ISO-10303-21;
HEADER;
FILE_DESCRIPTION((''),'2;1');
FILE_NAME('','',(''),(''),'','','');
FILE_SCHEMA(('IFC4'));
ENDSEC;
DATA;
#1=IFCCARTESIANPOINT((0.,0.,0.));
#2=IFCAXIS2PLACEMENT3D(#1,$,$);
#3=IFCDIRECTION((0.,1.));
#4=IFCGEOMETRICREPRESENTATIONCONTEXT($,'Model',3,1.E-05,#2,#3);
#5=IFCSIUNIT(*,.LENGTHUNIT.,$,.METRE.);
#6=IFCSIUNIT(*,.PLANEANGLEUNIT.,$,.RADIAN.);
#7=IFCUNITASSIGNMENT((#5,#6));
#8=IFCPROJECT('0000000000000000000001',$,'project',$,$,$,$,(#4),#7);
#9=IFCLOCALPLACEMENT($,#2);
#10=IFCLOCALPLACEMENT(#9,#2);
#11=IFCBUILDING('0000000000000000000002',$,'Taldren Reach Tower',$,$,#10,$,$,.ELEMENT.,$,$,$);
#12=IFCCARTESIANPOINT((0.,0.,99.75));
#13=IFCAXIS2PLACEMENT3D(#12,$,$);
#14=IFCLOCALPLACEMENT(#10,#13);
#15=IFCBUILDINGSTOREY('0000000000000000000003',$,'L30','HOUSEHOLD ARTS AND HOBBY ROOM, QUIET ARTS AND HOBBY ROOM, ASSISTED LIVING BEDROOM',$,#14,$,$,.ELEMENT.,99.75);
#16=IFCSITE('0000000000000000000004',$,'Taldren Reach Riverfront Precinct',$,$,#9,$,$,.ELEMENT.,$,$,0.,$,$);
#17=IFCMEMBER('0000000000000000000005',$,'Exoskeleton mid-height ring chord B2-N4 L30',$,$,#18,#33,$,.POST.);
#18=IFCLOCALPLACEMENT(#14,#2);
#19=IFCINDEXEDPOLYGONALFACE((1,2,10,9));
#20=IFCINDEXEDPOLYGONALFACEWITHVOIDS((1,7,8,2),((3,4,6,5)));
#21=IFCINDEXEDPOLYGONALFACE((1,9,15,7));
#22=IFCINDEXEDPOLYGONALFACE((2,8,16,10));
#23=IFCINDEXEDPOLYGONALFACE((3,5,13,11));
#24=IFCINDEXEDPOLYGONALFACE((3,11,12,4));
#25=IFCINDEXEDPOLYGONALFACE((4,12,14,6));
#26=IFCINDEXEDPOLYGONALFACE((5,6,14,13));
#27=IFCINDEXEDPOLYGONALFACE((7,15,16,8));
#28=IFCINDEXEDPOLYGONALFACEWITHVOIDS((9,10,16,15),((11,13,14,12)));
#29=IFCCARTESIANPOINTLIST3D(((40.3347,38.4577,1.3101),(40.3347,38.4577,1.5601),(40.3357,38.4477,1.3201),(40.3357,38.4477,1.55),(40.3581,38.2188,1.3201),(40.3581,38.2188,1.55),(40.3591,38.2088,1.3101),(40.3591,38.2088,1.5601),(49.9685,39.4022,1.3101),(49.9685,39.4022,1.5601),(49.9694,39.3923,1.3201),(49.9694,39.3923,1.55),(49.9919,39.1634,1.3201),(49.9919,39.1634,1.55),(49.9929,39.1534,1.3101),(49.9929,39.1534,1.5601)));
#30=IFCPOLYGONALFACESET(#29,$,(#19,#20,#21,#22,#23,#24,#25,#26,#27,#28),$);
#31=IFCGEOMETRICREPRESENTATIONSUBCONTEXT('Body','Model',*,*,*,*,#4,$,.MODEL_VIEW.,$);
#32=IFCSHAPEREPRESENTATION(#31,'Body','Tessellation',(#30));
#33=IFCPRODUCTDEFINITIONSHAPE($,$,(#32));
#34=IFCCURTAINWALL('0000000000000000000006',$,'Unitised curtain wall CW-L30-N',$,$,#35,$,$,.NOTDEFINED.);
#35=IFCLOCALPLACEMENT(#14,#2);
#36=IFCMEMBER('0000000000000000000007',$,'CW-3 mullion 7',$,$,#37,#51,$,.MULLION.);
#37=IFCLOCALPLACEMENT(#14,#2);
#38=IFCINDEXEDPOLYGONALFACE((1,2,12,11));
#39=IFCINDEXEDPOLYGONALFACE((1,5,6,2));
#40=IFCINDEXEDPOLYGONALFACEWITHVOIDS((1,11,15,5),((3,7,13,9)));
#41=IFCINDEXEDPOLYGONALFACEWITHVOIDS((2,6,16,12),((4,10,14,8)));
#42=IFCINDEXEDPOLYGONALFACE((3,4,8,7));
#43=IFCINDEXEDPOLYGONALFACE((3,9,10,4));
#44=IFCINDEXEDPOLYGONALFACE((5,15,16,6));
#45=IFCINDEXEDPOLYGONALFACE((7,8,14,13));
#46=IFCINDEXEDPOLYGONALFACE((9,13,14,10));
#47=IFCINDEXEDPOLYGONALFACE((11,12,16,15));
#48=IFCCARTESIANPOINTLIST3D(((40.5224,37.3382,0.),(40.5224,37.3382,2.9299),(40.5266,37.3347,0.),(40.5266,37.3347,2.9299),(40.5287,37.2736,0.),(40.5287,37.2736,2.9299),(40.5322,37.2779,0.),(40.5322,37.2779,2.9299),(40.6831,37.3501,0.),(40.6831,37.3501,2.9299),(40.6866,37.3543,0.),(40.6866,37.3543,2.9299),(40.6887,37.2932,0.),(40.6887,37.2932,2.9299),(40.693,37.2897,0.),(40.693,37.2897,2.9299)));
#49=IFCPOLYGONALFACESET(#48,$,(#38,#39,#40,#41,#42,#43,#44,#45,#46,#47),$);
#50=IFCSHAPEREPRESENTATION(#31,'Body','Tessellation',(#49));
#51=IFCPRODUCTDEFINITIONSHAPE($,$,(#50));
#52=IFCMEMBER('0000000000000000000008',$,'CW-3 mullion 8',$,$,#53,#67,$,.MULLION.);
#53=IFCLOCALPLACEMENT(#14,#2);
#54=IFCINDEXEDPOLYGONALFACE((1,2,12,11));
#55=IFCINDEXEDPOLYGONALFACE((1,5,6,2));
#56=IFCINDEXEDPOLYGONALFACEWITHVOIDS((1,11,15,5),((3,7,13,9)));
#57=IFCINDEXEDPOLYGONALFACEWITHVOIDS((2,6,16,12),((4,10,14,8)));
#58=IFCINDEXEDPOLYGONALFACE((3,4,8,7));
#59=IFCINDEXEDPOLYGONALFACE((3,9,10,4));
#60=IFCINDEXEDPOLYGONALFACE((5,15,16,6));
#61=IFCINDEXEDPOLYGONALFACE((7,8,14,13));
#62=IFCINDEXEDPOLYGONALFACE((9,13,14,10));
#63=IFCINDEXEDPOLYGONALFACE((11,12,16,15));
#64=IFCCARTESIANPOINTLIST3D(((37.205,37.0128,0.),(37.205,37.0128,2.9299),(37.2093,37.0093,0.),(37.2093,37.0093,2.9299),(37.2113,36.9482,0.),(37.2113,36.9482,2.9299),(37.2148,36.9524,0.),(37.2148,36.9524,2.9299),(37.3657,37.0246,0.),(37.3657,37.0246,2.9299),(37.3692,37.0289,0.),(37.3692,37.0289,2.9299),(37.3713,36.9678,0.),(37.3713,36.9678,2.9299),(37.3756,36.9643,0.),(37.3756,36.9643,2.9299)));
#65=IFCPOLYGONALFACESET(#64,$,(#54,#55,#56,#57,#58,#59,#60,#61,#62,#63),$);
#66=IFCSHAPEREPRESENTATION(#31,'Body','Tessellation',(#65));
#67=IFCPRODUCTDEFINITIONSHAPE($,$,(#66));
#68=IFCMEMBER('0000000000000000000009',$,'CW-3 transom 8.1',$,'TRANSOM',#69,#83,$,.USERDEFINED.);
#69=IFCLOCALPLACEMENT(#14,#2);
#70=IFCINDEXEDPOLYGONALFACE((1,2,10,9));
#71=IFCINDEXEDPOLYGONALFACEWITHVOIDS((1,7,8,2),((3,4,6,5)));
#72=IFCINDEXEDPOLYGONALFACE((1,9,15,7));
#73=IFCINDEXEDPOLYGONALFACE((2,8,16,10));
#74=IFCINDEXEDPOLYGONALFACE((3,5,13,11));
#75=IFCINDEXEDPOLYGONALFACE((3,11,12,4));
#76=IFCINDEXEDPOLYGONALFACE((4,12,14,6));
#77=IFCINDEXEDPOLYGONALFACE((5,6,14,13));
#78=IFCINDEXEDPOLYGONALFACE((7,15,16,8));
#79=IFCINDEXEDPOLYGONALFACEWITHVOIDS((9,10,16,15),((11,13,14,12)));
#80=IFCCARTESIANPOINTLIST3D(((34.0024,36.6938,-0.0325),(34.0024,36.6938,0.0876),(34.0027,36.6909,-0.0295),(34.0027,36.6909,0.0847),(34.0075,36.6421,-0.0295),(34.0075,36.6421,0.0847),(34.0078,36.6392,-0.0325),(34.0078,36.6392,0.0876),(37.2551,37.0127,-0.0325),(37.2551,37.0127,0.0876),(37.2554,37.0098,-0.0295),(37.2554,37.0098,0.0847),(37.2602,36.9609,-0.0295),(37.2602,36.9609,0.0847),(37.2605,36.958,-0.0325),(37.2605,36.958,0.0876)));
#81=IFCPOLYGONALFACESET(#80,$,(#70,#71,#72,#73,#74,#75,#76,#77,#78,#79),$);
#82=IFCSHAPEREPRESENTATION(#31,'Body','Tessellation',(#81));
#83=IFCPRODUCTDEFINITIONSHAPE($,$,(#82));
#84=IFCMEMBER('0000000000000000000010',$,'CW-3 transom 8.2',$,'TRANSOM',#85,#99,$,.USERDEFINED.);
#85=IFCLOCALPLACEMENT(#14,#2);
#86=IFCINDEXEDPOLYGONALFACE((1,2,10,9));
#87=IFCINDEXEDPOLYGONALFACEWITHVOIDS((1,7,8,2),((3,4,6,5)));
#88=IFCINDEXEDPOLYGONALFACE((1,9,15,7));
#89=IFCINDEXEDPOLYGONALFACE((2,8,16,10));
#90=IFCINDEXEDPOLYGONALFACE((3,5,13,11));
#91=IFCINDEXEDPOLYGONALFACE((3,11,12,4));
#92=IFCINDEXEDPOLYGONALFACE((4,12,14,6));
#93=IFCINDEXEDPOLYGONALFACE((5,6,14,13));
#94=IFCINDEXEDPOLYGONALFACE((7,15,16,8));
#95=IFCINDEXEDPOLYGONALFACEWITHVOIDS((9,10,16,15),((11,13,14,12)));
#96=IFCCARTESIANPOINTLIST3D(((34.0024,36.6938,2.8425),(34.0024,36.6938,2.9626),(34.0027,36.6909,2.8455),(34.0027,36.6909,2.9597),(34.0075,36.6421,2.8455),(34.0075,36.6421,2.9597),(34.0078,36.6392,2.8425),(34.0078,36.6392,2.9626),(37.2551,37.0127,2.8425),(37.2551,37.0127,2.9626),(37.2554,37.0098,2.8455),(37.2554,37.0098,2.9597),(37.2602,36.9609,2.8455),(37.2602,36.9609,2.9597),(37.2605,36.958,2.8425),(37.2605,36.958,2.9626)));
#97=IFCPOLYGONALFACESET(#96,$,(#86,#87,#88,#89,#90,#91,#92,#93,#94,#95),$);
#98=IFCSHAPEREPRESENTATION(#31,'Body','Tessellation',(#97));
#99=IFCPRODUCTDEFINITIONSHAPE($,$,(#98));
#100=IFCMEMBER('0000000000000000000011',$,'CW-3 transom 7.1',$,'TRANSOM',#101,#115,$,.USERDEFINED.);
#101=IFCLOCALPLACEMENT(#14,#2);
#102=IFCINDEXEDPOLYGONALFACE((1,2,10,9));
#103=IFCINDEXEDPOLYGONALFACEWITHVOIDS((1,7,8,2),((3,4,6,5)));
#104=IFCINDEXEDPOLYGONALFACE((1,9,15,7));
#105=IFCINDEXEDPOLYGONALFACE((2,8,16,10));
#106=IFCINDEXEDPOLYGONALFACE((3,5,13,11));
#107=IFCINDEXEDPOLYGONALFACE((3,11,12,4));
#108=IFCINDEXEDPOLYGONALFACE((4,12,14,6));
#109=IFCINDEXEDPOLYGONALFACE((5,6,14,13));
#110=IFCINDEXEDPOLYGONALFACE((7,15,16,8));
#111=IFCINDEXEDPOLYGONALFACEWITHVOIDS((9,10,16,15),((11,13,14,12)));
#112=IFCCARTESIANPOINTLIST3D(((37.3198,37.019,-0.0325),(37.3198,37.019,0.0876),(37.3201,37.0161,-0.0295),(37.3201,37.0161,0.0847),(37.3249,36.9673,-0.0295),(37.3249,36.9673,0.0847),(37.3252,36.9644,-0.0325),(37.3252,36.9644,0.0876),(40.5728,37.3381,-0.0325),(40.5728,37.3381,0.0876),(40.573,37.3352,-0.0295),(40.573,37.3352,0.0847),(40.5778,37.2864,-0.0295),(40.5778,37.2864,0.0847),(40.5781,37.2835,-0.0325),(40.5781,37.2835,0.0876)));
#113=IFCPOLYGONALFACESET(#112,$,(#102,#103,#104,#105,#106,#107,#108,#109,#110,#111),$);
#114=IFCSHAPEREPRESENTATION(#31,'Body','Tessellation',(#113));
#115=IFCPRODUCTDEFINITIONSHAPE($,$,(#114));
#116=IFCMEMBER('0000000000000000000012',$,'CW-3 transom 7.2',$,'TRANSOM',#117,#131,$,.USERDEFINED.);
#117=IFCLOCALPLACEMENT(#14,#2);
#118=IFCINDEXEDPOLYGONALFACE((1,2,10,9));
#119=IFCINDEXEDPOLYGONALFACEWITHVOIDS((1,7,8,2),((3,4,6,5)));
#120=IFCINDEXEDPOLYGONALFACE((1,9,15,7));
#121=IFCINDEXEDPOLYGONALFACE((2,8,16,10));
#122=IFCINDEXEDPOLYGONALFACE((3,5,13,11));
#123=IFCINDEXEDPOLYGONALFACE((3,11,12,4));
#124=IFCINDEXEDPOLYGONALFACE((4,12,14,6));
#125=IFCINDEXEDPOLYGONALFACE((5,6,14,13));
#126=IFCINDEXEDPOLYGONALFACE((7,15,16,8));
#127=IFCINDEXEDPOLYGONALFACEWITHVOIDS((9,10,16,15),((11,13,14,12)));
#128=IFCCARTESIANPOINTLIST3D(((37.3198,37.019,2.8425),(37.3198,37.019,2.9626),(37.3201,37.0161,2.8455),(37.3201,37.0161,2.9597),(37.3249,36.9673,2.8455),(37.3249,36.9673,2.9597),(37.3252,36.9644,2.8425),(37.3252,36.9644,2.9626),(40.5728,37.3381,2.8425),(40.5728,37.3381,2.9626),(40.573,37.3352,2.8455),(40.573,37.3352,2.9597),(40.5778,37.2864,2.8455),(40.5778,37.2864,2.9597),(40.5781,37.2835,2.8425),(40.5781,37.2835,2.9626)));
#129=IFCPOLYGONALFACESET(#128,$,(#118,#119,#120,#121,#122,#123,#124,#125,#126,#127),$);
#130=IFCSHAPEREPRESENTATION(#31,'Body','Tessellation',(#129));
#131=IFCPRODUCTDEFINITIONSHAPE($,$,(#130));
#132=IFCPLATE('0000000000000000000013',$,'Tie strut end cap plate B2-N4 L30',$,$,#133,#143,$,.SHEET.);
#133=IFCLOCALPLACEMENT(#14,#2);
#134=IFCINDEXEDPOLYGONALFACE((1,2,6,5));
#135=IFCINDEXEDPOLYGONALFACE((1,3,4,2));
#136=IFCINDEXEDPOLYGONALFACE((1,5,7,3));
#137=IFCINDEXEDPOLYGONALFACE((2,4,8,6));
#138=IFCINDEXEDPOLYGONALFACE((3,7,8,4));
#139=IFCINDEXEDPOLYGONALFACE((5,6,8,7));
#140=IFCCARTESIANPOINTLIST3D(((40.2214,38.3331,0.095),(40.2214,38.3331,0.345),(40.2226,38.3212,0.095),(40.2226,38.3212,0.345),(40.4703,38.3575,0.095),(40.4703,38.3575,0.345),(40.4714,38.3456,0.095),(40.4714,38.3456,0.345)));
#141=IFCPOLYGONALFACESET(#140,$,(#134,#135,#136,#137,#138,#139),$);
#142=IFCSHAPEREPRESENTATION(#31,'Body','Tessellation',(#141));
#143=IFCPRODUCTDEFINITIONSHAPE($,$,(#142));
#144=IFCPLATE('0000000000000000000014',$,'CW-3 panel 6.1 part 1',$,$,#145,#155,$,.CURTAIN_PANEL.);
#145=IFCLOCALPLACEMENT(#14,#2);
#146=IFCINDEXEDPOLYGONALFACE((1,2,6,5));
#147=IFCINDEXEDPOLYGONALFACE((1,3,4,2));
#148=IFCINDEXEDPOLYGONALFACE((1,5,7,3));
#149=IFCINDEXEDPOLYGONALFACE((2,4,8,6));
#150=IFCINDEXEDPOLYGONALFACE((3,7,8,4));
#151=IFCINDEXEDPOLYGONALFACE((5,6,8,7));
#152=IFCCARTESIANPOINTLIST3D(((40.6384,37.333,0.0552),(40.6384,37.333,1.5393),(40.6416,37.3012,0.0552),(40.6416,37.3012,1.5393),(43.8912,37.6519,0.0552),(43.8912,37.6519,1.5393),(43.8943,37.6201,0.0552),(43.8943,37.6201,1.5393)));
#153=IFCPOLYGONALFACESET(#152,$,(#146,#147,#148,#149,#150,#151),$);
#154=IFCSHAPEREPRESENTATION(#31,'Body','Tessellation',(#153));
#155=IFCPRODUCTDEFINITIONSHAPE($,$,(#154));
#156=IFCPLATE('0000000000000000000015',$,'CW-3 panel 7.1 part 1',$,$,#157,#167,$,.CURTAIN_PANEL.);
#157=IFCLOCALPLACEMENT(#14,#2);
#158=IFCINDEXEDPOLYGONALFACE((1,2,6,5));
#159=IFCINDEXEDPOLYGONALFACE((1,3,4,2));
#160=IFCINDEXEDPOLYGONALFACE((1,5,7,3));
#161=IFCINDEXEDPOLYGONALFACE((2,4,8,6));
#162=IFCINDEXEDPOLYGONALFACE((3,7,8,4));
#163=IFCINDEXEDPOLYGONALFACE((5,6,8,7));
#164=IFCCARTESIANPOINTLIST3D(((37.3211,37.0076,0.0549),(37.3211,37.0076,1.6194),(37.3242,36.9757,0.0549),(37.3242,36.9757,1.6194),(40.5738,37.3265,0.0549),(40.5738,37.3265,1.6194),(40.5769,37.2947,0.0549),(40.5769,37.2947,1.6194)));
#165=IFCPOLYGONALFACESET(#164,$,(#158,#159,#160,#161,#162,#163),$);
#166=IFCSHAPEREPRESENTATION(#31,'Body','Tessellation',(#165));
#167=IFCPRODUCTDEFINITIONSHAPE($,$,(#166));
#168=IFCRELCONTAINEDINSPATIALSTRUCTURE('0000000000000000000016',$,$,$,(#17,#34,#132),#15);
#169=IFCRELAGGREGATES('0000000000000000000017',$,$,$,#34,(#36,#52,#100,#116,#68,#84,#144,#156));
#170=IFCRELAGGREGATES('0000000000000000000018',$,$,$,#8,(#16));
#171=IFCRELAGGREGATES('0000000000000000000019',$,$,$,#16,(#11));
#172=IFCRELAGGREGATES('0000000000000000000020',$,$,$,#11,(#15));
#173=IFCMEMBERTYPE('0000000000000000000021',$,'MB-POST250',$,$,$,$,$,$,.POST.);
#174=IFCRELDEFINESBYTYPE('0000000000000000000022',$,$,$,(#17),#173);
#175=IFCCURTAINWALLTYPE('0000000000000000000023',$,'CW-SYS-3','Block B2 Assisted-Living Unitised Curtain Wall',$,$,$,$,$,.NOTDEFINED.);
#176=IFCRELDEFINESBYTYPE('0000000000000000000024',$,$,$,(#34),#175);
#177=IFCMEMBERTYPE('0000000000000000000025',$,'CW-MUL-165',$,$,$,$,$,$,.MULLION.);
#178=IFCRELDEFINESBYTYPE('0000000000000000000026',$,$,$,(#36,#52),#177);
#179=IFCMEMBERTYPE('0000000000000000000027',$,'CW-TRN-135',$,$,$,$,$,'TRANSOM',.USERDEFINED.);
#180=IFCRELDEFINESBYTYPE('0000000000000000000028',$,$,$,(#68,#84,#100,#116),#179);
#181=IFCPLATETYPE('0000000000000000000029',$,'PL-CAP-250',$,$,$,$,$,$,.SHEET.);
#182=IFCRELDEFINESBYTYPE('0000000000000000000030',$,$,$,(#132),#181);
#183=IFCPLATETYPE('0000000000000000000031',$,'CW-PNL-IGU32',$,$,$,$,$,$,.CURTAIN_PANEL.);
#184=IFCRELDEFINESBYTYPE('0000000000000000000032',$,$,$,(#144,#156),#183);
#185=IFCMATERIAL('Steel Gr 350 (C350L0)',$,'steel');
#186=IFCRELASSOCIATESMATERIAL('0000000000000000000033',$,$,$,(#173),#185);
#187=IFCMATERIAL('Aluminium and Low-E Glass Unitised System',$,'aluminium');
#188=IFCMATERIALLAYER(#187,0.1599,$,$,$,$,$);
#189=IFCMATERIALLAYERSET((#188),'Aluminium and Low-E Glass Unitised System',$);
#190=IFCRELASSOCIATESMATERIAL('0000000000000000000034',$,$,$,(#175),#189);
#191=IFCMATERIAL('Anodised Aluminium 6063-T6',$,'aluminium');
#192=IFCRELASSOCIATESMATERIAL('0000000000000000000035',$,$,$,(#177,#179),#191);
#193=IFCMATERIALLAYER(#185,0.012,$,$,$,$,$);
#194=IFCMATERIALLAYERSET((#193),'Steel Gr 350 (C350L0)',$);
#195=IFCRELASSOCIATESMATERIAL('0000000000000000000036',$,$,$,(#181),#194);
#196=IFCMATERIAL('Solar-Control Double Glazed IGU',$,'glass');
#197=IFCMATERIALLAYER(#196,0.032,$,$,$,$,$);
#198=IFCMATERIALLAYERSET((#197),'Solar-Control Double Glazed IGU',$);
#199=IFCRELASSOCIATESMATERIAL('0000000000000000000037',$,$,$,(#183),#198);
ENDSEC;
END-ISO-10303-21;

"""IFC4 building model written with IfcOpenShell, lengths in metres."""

from ifc_helpers import new_model, si_unit, direction, frame, origin, origin_2d, place, context, subcontext, project, spatial, rectangle, hollow_rectangle, extrude, source, transform, mapped, material, layer, layer_set, material_profile, profile_set, type_object, element, aggregate, save


model = new_model("IFC4")

# Units and contexts
model_context = context("Model", 3, precision=1e-05, world=origin(), true_north=direction((0.0, 1.0)))
body_context = subcontext(model_context, "Body", "Model", "MODEL_VIEW")
ifc_project = project(units=[si_unit("LENGTHUNIT", "METRE"), si_unit("PLANEANGLEUNIT", "RADIAN")], contexts=[model_context])

# Site, building, storey
site_placement = place(None, origin())
site = spatial("IfcSite", under=ifc_project, at=site_placement, Name="Taldren Reach Riverfront Precinct", CompositionType="ELEMENT", RefElevation=0.0)
building_placement = place(site_placement, origin())
building = spatial("IfcBuilding", under=site, at=building_placement, Name="Taldren Reach Tower", CompositionType="ELEMENT")
storey_placement = place(building_placement, frame((0.0, 0.0, 99.75)))
storey = spatial("IfcBuildingStorey", under=building, at=storey_placement, Name="L30", Description="HOUSEHOLD ARTS AND HOBBY ROOM, QUIET ARTS AND HOBBY ROOM, ASSISTED LIVING BEDROOM", CompositionType="ELEMENT", Elevation=99.75)

# Shared definitions
ifc_material_1 = material(Name="Steel Gr 350 (C350L0)", Category="steel")
ifc_material_profile_1 = material_profile(ifc_material_1, hollow_rectangle(XDim=0.25, YDim=0.25, WallThickness=0.01, at=origin_2d()), Name="250x250x10.0SHS")
ifc_profile_set_1 = profile_set([ifc_material_profile_1], Name="Steel Gr 350 (C350L0)")
member_type_1 = type_object("IfcMemberType", Name="MB-POST250", PredefinedType="POST", material=ifc_profile_set_1)

# Member
shared_shape_1 = source(origin(), body_context, "Body", "SweptSolid", [
    extrude(hollow_rectangle(XDim=0.25, YDim=0.25, WallThickness=0.01, at=origin_2d()), origin(), (0.0, 0.0, 1.0), 9.6799),
])
member_1_placement = place(storey_placement, frame((40.3469, 38.3333, 1.4351), z_axis=(0.995228, 0.097581, 0.0), x_axis=(-0.097581, 0.995228, 0.0)))
element("IfcMember", 1, at=member_1_placement, inside=storey, type_object=member_type_1, Name="Exoskeleton mid-height ring chord B2-N4 L30", PredefinedType="POST", context=body_context, shape_type="MappedRepresentation", body=[
    mapped(shared_shape_1, transform((0.0, 0.0, 0.0), scale=1.0)),
])

# Curtain wall, members
ifc_material_2 = material(Name="Aluminium and Low-E Glass Unitised System", Category="aluminium")
ifc_layer_1 = layer(ifc_material_2, 0.1599)
ifc_layer_set_1 = layer_set([ifc_layer_1], Name="Aluminium and Low-E Glass Unitised System")
curtain_wall_type = type_object("IfcCurtainWallType", Name="CW-SYS-3", Description="Block B2 Assisted-Living Unitised Curtain Wall", PredefinedType="NOTDEFINED", material=ifc_layer_set_1)
curtain_wall_placement = place(storey_placement, origin())
curtain_wall = element("IfcCurtainWall", 2, at=curtain_wall_placement, inside=storey, type_object=curtain_wall_type, Name="Unitised curtain wall CW-L30-N", PredefinedType="NOTDEFINED")
ifc_material_3 = material(Name="Anodised Aluminium 6063-T6", Category="aluminium")
ifc_material_profile_2 = material_profile(ifc_material_3, hollow_rectangle(XDim=0.0649, YDim=0.165, WallThickness=0.0039, at=origin_2d()), Name="ALU-165x65x4RHS")
ifc_profile_set_2 = profile_set([ifc_material_profile_2], Name="Anodised Aluminium 6063-T6")
member_type_2 = type_object("IfcMemberType", Name="CW-MUL-165", PredefinedType="MULLION", material=ifc_profile_set_2)
shared_shape_2 = source(origin(), body_context, "Body", "SweptSolid", [
    extrude(hollow_rectangle(XDim=0.0649, YDim=0.165, WallThickness=0.0039, at=origin_2d()), origin(), (0.0, 0.0, 1.0), 2.9299),
])
member_2_placement = place(storey_placement, frame((40.6077, 37.314, 0.0), z_axis=(0.0, 0.0, 1.0), x_axis=(0.097583, -0.995227, 0.0)))
member_2 = element("IfcMember", 3, at=member_2_placement, type_object=member_type_2, Name="CW-3 mullion 7", PredefinedType="MULLION", context=body_context, shape_type="MappedRepresentation", body=[
    mapped(shared_shape_2, transform((0.0, 0.0, 0.0), scale=1.0)),
])
member_3_placement = place(storey_placement, frame((37.2903, 36.9885, 0.0), z_axis=(0.0, 0.0, 1.0), x_axis=(0.097583, -0.995227, 0.0)))
member_3 = element("IfcMember", 4, at=member_3_placement, type_object=member_type_2, Name="CW-3 mullion 8", PredefinedType="MULLION", context=body_context, shape_type="MappedRepresentation", body=[
    mapped(shared_shape_2, transform((0.0, 0.0, 0.0), scale=1.0)),
])
ifc_material_profile_3 = material_profile(ifc_material_3, hollow_rectangle(XDim=0.0549, YDim=0.1201, WallThickness=0.0029, at=origin_2d()), Name="ALU-120x55x3RHS")
ifc_profile_set_3 = profile_set([ifc_material_profile_3], Name="Anodised Aluminium 6063-T6")
member_type_3 = type_object("IfcMemberType", Name="CW-TRN-135", ElementType="TRANSOM", PredefinedType="USERDEFINED", material=ifc_profile_set_3)
shared_shape_3 = source(origin(), body_context, "Body", "SweptSolid", [
    extrude(hollow_rectangle(XDim=0.0549, YDim=0.1201, WallThickness=0.0029, at=origin_2d()), origin(), (0.0, 0.0, 1.0), 3.2683),
])
member_4_placement = place(storey_placement, frame((37.2578, 36.9854, 0.0276), z_axis=(-0.99523, -0.097558, 0.0), x_axis=(0.097558, -0.99523, 0.0)))
member_4 = element("IfcMember", 5, at=member_4_placement, type_object=member_type_3, Name="CW-3 transom 8.1", ObjectType="TRANSOM", PredefinedType="USERDEFINED", context=body_context, shape_type="MappedRepresentation", body=[
    mapped(shared_shape_3, transform((0.0, 0.0, 0.0), scale=1.0)),
])
member_5_placement = place(storey_placement, frame((37.2578, 36.9854, 2.9026), z_axis=(-0.99523, -0.097558, 0.0), x_axis=(0.097558, -0.99523, 0.0)))
member_5 = element("IfcMember", 6, at=member_5_placement, type_object=member_type_3, Name="CW-3 transom 8.2", ObjectType="TRANSOM", PredefinedType="USERDEFINED", context=body_context, shape_type="MappedRepresentation", body=[
    mapped(shared_shape_3, transform((0.0, 0.0, 0.0), scale=1.0)),
])
shared_shape_4 = source(origin(), body_context, "Body", "SweptSolid", [
    extrude(hollow_rectangle(XDim=0.0549, YDim=0.1201, WallThickness=0.0029, at=origin_2d()), origin(), (0.0, 0.0, 1.0), 3.2686),
])
member_6_placement = place(storey_placement, frame((40.5754, 37.3108, 0.0276), z_axis=(-0.995223, -0.097625, 0.0), x_axis=(0.097625, -0.995223, 0.0)))
member_6 = element("IfcMember", 7, at=member_6_placement, type_object=member_type_3, Name="CW-3 transom 7.1", ObjectType="TRANSOM", PredefinedType="USERDEFINED", context=body_context, shape_type="MappedRepresentation", body=[
    mapped(shared_shape_4, transform((0.0, 0.0, 0.0), scale=1.0)),
])
member_7_placement = place(storey_placement, frame((40.5754, 37.3108, 2.9026), z_axis=(-0.995223, -0.097625, 0.0), x_axis=(0.097625, -0.995223, 0.0)))
member_7 = element("IfcMember", 8, at=member_7_placement, type_object=member_type_3, Name="CW-3 transom 7.2", ObjectType="TRANSOM", PredefinedType="USERDEFINED", context=body_context, shape_type="MappedRepresentation", body=[
    mapped(shared_shape_4, transform((0.0, 0.0, 0.0), scale=1.0)),
])

# Plates
ifc_layer_2 = layer(ifc_material_1, 0.012)
ifc_layer_set_2 = layer_set([ifc_layer_2], Name="Steel Gr 350 (C350L0)")
plate_type_1 = type_object("IfcPlateType", Name="PL-CAP-250", PredefinedType="SHEET", material=ifc_layer_set_2)
shared_shape_5 = source(origin(), body_context, "Body", "SweptSolid", [
    extrude(rectangle(XDim=0.25, YDim=0.012, at=origin_2d()), origin(), (0.0, 0.0, 1.0), 0.25),
])
plate_1_placement = place(storey_placement, frame((40.3464, 38.3394, 0.095), z_axis=(0.0, 0.0, 1.0), x_axis=(0.995227, 0.097583, 0.0)))
element("IfcPlate", 9, at=plate_1_placement, inside=storey, type_object=plate_type_1, Name="Tie strut end cap plate B2-N4 L30", PredefinedType="SHEET", context=body_context, shape_type="MappedRepresentation", body=[
    mapped(shared_shape_5, transform((0.0, 0.0, 0.0), scale=1.0)),
])
ifc_material_4 = material(Name="Solar-Control Double Glazed IGU", Category="glass")
ifc_layer_3 = layer(ifc_material_4, 0.032)
ifc_layer_set_3 = layer_set([ifc_layer_3], Name="Solar-Control Double Glazed IGU")
plate_type_2 = type_object("IfcPlateType", Name="CW-PNL-IGU32", PredefinedType="CURTAIN_PANEL", material=ifc_layer_set_3)
shared_shape_6 = source(origin(), body_context, "Body", "SweptSolid", [
    extrude(rectangle(XDim=3.2683, YDim=0.032, at=origin_2d()), origin(), (0.0, 0.0, 1.0), 1.4841),
])
plate_2_placement = place(storey_placement, frame((42.2664, 37.4766, 0.0552), z_axis=(0.0, 0.0, 1.0), x_axis=(-0.995227, -0.097583, 0.0)))
plate_2 = element("IfcPlate", 10, at=plate_2_placement, type_object=plate_type_2, Name="CW-3 panel 6.1 part 1", PredefinedType="CURTAIN_PANEL", context=body_context, shape_type="MappedRepresentation", body=[
    mapped(shared_shape_6, transform((0.0, 0.0, 0.0), scale=1.0)),
])
shared_shape_7 = source(origin(), body_context, "Body", "SweptSolid", [
    extrude(rectangle(XDim=3.2683, YDim=0.032, at=origin_2d()), origin(), (0.0, 0.0, 1.0), 1.5645),
])
plate_3_placement = place(storey_placement, frame((38.949, 37.1511, 0.0549), z_axis=(0.0, 0.0, 1.0), x_axis=(-0.995227, -0.097583, 0.0)))
plate_3 = element("IfcPlate", 11, at=plate_3_placement, type_object=plate_type_2, Name="CW-3 panel 7.1 part 1", PredefinedType="CURTAIN_PANEL", context=body_context, shape_type="MappedRepresentation", body=[
    mapped(shared_shape_7, transform((0.0, 0.0, 0.0), scale=1.0)),
])
aggregate(curtain_wall, [member_2, member_3, member_6, member_7, member_4, member_5, plate_2, plate_3])

save(model, "model.ifc")
